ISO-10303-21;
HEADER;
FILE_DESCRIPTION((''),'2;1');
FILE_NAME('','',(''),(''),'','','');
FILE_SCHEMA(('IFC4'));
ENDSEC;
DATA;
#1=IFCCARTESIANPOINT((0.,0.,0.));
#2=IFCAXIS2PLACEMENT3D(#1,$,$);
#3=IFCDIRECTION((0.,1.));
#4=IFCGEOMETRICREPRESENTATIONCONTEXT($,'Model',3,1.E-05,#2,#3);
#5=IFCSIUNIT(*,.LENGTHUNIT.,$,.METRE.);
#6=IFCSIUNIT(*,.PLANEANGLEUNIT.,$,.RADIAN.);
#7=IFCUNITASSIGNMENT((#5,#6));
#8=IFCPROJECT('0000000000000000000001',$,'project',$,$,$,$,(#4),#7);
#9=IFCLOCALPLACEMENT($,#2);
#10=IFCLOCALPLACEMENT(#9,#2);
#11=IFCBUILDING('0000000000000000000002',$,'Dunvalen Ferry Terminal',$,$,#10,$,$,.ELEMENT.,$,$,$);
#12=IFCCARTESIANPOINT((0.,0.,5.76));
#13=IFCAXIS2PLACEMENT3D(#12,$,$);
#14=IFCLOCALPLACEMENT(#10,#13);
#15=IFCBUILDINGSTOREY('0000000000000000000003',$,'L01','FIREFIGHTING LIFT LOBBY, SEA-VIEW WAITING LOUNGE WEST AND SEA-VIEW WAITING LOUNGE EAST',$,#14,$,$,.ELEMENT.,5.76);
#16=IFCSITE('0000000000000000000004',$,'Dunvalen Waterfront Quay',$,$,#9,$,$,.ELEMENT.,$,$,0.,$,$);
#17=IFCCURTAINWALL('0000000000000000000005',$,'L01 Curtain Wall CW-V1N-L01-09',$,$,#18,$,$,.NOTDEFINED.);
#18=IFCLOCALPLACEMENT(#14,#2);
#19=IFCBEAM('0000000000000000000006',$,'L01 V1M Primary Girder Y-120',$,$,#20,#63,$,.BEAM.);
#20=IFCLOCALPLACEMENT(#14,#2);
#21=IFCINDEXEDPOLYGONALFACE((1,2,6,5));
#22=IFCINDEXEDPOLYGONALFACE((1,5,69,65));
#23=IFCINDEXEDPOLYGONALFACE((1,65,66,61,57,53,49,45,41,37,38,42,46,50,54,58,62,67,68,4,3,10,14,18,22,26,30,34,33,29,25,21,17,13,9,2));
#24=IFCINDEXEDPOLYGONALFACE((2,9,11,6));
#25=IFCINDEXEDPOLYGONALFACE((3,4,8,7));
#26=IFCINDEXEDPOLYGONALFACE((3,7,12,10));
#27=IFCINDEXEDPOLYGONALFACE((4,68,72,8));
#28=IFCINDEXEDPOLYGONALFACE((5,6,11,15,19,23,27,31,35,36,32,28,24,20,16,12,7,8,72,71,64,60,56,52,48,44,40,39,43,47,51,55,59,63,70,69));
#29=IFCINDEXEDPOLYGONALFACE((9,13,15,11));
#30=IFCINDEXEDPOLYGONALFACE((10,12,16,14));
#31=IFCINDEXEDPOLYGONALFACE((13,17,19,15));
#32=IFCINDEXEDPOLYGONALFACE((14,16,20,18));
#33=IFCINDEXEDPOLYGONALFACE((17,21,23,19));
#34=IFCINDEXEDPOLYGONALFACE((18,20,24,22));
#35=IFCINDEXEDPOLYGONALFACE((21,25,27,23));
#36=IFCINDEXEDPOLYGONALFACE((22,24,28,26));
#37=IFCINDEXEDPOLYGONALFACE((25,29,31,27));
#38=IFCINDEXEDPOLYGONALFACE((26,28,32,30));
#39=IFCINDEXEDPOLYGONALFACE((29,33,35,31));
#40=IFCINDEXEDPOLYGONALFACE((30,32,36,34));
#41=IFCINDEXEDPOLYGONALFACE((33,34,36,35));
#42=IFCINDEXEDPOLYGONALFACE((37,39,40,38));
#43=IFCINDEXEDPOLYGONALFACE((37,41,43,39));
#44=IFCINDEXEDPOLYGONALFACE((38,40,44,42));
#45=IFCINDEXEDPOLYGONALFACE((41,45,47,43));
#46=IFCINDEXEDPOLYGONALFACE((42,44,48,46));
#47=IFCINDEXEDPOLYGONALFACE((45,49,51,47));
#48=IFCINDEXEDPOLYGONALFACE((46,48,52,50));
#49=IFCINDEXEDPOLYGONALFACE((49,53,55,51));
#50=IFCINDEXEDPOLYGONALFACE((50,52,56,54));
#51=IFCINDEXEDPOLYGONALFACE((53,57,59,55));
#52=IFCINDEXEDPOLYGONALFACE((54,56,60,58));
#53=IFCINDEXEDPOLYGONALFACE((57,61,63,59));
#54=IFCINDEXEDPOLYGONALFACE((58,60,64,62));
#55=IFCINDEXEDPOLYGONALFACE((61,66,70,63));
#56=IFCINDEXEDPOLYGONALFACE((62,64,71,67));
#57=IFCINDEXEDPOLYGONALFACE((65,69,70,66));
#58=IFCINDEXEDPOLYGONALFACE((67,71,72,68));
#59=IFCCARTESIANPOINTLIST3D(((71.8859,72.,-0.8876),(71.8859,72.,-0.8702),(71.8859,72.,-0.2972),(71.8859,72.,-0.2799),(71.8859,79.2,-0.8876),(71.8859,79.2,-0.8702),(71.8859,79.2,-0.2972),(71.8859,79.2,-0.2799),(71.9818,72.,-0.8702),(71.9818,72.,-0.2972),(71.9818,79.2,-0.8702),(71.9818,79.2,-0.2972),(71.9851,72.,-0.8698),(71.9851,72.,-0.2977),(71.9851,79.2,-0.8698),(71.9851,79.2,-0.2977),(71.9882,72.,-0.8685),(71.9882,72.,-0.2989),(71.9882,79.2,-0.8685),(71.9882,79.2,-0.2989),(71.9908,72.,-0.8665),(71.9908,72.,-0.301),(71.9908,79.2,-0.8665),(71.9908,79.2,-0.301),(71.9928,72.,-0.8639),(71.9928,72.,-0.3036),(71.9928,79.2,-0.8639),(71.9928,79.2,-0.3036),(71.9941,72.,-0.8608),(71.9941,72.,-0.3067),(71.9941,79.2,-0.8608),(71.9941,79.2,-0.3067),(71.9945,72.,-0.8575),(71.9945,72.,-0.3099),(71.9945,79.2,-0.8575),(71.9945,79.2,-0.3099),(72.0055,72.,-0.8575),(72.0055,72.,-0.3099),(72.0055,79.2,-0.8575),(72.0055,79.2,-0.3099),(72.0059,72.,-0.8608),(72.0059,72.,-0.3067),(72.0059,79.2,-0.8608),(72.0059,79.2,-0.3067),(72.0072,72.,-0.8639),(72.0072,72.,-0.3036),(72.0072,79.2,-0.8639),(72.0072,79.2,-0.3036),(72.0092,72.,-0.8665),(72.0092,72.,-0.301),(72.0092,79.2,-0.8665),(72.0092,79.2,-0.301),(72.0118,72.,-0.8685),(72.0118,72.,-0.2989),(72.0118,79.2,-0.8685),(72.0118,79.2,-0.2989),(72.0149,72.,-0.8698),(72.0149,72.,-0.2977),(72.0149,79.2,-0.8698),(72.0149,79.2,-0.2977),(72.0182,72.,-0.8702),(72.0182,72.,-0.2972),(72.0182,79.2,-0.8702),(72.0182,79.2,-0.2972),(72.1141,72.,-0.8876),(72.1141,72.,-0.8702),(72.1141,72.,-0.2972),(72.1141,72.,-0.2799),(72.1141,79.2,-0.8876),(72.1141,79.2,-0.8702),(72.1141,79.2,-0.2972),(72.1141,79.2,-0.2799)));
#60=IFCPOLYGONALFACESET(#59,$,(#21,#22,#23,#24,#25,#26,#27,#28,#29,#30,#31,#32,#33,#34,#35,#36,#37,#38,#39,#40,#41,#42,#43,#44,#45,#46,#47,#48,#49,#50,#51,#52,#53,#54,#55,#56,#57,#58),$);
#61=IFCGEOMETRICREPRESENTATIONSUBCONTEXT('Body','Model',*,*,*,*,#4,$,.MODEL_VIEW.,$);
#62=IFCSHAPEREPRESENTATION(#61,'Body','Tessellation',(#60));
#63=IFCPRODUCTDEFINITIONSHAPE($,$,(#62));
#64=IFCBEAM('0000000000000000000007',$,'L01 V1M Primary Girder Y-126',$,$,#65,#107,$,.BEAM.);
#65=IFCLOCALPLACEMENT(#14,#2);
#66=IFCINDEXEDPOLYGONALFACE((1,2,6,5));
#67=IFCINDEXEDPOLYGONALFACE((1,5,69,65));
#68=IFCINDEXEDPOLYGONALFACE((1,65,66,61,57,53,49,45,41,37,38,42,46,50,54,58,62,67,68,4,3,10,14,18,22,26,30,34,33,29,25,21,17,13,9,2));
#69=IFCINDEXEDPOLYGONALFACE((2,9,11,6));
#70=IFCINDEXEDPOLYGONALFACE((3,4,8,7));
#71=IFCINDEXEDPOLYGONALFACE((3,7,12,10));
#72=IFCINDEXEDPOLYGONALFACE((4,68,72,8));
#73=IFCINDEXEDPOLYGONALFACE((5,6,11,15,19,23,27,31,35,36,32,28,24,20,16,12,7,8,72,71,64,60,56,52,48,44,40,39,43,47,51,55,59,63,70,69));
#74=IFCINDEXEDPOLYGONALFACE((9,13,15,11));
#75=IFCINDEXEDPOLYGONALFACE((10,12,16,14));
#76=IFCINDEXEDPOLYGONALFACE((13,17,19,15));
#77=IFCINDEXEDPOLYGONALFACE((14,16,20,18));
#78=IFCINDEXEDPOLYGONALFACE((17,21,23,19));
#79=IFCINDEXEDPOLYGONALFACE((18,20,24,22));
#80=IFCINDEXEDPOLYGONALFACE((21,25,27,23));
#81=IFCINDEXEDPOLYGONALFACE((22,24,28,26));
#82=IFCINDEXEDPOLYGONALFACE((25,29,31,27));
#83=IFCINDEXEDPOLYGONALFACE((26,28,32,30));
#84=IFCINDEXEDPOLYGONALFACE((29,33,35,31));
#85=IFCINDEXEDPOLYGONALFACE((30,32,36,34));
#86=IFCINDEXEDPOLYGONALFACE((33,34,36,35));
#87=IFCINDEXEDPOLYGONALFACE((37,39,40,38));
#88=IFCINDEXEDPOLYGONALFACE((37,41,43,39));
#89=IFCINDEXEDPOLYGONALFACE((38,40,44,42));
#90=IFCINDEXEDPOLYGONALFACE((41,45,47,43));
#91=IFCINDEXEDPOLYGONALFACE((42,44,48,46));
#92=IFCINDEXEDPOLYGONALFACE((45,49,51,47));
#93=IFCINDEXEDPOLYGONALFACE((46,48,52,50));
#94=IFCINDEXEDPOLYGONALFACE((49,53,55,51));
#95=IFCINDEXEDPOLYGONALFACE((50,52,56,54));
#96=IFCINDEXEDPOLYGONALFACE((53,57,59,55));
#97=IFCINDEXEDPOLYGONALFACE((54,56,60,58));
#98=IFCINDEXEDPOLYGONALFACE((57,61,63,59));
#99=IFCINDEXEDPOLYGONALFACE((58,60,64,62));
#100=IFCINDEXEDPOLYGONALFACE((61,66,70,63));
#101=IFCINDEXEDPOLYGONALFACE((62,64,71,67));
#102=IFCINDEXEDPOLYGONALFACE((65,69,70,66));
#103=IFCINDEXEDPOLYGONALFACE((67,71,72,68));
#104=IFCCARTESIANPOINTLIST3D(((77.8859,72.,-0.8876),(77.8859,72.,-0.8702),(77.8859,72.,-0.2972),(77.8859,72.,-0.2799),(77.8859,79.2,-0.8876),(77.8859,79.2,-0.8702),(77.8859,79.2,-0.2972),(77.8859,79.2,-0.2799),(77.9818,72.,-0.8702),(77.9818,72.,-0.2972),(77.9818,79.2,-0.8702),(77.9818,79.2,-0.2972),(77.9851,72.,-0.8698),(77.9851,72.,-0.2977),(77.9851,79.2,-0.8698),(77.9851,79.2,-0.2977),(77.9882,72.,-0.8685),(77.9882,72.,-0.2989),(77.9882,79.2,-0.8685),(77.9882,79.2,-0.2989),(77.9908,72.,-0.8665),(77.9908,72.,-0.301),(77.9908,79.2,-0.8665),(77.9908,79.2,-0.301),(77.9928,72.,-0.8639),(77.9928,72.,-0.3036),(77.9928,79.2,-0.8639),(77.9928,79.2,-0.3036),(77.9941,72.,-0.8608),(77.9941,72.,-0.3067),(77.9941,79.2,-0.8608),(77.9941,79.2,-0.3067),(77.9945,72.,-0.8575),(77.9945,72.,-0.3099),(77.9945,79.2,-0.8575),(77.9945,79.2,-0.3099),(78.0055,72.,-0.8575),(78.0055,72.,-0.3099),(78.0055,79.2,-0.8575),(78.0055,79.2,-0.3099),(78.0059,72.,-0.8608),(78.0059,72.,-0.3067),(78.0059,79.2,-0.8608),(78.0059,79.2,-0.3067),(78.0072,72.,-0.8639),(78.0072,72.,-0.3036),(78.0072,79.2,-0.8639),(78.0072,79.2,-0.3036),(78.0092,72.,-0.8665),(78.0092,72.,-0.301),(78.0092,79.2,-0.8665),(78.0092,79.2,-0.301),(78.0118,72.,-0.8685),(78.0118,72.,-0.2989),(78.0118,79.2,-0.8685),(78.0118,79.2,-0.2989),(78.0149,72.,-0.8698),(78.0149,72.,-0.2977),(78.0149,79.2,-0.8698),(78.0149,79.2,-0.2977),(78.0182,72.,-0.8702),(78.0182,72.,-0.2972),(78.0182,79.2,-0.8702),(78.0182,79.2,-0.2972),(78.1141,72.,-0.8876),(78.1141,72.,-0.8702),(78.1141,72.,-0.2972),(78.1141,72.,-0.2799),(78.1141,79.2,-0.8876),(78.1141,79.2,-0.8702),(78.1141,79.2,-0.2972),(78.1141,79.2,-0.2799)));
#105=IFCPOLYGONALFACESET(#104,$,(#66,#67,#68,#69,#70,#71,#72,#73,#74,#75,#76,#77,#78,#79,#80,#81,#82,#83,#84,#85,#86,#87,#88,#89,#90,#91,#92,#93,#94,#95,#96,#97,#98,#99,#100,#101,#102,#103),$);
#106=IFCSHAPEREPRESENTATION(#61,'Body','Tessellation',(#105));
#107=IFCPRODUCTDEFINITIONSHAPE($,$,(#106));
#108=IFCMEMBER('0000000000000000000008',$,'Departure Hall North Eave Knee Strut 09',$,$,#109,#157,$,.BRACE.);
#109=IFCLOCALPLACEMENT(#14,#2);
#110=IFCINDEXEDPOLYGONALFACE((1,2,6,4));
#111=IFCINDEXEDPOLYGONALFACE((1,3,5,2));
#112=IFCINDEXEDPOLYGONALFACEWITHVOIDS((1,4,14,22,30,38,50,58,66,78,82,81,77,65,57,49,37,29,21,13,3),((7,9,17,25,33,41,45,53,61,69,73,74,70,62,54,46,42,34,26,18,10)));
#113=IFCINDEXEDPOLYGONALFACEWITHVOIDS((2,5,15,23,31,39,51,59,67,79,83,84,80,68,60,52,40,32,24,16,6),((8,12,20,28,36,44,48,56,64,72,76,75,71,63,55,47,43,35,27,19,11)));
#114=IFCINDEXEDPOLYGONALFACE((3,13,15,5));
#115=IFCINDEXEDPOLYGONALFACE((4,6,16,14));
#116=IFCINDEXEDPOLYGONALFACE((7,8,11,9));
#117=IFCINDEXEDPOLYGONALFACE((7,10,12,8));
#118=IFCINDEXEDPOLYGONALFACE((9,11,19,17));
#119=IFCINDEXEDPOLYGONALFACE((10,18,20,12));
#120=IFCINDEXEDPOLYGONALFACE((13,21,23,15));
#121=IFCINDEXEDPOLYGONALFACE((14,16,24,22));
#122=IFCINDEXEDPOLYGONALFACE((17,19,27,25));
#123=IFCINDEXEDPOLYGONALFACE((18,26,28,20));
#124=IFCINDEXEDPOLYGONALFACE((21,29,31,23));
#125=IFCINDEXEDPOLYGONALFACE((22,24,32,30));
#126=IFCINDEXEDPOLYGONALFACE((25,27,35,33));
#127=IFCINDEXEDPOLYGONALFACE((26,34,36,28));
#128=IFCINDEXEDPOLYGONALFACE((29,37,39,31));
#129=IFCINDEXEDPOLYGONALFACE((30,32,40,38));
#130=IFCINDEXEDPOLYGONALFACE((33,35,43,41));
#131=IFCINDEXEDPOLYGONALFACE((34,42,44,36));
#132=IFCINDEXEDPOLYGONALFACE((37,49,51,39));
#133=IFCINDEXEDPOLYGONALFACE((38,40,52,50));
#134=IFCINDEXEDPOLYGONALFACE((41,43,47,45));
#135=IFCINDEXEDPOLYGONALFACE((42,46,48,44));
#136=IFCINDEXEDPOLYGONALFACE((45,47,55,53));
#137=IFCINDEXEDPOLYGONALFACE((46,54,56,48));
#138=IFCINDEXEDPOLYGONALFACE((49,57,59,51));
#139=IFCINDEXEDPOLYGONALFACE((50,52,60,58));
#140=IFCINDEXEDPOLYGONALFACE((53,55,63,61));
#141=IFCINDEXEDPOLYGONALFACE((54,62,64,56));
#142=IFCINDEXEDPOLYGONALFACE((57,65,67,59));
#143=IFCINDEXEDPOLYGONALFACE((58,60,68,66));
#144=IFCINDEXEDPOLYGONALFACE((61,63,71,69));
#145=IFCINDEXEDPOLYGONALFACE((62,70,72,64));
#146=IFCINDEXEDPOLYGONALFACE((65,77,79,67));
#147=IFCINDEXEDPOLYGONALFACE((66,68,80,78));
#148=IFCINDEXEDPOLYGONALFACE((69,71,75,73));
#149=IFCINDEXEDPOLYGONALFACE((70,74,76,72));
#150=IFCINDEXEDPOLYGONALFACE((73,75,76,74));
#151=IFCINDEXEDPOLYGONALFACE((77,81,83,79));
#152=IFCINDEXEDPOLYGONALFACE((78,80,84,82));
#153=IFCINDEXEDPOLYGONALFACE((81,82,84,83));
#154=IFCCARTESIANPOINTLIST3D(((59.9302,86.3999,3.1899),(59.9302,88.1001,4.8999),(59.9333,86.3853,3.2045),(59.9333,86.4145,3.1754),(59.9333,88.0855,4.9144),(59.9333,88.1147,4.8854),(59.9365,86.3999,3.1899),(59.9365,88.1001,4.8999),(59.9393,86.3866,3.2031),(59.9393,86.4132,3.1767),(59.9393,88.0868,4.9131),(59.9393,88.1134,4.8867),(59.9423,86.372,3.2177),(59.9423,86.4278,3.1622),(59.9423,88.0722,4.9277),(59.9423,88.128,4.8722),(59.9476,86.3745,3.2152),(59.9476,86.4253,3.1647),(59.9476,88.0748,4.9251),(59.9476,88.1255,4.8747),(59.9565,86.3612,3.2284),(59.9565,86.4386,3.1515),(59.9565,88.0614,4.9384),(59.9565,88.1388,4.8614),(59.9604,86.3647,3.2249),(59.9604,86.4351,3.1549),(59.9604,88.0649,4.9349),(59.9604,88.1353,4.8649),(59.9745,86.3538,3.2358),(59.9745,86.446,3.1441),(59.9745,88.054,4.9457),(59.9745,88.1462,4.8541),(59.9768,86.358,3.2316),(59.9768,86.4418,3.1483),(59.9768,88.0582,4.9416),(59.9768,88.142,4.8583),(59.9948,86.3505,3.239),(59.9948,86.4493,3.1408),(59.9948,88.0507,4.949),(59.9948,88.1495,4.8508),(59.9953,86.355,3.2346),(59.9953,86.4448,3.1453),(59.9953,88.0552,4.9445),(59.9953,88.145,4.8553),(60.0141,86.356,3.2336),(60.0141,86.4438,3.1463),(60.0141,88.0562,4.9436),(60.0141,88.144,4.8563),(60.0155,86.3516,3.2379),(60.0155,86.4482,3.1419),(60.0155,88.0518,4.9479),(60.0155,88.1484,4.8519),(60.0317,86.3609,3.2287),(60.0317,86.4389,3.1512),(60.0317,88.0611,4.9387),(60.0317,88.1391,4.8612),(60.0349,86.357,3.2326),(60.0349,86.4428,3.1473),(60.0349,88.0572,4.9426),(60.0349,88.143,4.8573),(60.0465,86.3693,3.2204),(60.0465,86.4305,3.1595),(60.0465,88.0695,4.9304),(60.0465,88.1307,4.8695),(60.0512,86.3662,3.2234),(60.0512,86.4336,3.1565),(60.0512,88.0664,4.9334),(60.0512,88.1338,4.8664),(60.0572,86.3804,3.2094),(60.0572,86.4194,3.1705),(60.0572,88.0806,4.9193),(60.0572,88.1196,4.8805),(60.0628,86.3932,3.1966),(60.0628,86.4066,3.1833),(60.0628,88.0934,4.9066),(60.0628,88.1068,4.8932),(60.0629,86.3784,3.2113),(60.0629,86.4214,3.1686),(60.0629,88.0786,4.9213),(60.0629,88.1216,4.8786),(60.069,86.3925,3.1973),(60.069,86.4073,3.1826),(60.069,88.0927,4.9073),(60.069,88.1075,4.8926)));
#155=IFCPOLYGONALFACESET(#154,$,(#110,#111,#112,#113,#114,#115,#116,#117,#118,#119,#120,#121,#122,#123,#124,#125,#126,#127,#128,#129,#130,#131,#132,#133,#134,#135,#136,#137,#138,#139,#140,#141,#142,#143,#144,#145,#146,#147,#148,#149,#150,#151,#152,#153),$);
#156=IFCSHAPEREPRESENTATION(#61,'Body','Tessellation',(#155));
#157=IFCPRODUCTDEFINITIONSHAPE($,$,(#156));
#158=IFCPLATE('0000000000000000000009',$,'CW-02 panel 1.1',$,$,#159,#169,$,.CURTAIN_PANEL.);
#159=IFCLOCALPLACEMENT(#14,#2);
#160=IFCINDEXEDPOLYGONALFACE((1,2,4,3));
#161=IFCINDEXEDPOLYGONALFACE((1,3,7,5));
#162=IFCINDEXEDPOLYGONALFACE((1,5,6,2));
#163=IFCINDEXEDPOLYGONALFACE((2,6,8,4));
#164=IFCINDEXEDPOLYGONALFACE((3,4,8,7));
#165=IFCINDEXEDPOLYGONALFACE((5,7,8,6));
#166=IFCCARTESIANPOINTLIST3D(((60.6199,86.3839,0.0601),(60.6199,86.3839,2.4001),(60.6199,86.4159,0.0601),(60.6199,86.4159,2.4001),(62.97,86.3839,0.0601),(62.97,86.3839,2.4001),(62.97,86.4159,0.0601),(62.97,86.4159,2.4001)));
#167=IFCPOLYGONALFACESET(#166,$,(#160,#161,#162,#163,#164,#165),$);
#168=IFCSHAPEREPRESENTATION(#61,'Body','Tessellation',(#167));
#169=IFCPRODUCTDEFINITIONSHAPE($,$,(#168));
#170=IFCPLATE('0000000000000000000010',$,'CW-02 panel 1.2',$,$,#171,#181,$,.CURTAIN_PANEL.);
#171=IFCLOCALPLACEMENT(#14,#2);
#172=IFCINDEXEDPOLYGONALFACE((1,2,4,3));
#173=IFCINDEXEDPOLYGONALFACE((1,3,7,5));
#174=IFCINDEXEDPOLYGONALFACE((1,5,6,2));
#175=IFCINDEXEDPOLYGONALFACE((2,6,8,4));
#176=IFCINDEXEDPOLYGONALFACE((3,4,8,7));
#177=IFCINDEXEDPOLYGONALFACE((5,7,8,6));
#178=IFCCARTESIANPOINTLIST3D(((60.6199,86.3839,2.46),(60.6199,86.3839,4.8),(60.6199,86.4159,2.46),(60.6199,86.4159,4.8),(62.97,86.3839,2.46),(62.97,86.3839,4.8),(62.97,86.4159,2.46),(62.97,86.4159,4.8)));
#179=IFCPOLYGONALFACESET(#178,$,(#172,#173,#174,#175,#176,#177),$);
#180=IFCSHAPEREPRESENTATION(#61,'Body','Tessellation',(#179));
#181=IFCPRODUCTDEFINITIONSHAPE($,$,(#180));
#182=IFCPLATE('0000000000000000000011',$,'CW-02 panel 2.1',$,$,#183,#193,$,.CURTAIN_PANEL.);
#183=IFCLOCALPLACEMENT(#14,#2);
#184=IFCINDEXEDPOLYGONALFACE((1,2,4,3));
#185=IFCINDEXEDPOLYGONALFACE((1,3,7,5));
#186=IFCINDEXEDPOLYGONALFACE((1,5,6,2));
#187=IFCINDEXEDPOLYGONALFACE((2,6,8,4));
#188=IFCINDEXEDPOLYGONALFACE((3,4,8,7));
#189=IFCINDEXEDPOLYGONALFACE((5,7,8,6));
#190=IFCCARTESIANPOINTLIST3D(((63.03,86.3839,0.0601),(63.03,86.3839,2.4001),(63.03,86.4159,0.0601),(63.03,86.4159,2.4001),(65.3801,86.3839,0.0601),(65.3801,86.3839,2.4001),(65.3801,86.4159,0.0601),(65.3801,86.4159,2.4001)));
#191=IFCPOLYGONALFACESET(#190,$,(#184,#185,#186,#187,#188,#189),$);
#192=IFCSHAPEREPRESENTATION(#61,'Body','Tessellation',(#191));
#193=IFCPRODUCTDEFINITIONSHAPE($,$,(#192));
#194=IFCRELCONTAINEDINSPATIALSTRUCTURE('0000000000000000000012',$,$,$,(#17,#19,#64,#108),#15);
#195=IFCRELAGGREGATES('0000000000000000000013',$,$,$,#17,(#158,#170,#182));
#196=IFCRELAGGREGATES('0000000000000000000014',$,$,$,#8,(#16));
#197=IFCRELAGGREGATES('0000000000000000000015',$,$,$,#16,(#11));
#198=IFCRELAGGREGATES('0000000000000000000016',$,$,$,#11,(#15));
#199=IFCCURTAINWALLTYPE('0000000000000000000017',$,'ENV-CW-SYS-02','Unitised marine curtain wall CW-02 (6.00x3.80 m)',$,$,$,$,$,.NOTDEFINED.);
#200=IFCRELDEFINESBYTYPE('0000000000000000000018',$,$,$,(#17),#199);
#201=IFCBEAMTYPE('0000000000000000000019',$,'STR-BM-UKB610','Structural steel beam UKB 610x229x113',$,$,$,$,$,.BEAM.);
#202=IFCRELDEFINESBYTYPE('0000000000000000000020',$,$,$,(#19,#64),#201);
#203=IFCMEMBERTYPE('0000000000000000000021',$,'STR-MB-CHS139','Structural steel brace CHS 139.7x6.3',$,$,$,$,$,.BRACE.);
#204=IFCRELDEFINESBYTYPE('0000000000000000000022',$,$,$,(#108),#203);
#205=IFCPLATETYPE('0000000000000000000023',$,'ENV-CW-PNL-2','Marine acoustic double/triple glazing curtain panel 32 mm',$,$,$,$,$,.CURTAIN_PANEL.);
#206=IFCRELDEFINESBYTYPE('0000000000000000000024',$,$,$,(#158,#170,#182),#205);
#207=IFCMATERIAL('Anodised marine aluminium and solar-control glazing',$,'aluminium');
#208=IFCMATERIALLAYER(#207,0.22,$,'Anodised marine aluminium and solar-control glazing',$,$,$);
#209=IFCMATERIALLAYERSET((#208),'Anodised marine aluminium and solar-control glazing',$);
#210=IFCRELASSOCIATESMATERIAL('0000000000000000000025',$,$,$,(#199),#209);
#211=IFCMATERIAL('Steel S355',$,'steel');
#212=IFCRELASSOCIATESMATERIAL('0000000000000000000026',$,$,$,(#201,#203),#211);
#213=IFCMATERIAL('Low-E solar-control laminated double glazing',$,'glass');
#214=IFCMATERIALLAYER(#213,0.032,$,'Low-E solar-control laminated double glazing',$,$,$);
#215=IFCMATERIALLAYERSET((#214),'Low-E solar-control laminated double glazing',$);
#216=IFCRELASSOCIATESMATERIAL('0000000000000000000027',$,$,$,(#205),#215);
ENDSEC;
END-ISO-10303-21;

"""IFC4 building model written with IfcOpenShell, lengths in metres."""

from ifc_helpers import new_model, si_unit, direction, frame, origin, origin_2d, place, context, subcontext, project, spatial, rectangle, hollow_circle, i_section, extrude, material, layer, layer_set, material_profile, profile_set, type_object, element, aggregate, save


model = new_model("IFC4")

# Units and contexts
model_context = context("Model", 3, precision=1e-05, world=origin(), true_north=direction((0.0, 1.0)))
body_context = subcontext(model_context, "Body", "Model", "MODEL_VIEW")
ifc_project = project(units=[si_unit("LENGTHUNIT", "METRE"), si_unit("PLANEANGLEUNIT", "RADIAN")], contexts=[model_context])

# Site, building, storey
site_placement = place(None, origin())
site = spatial("IfcSite", under=ifc_project, at=site_placement, Name="Dunvalen Waterfront Quay", CompositionType="ELEMENT", RefElevation=0.0)
building_placement = place(site_placement, origin())
building = spatial("IfcBuilding", under=site, at=building_placement, Name="Dunvalen Ferry Terminal", CompositionType="ELEMENT")
storey_placement = place(building_placement, frame((0.0, 0.0, 5.76)))
storey = spatial("IfcBuildingStorey", under=building, at=storey_placement, Name="L01", Description="FIREFIGHTING LIFT LOBBY, SEA-VIEW WAITING LOUNGE WEST AND SEA-VIEW WAITING LOUNGE EAST", CompositionType="ELEMENT", Elevation=5.76)

# Curtain wall
ifc_material_1 = material(Name="Anodised marine aluminium and solar-control glazing", Category="aluminium")
ifc_layer_1 = layer(ifc_material_1, 0.22, Name="Anodised marine aluminium and solar-control glazing")
ifc_layer_set_1 = layer_set([ifc_layer_1], Name="Anodised marine aluminium and solar-control glazing")
curtain_wall_type = type_object("IfcCurtainWallType", Name="ENV-CW-SYS-02", Description="Unitised marine curtain wall CW-02 (6.00x3.80 m)", PredefinedType="NOTDEFINED", material=ifc_layer_set_1)
curtain_wall_placement = place(storey_placement, origin())
curtain_wall = element("IfcCurtainWall", 1, at=curtain_wall_placement, inside=storey, type_object=curtain_wall_type, Name="L01 Curtain Wall CW-V1N-L01-09", PredefinedType="NOTDEFINED")

# Beams
ifc_material_2 = material(Name="Steel S355", Category="steel")
ifc_material_profile_1 = material_profile(ifc_material_2, i_section(OverallWidth=0.2283, OverallDepth=0.6077, WebThickness=0.011, FlangeThickness=0.0173, FilletRadius=0.0127, at=origin_2d()), Name="Steel S355")
ifc_profile_set_1 = profile_set([ifc_material_profile_1], Name="Steel S355")
beam_type_1 = type_object("IfcBeamType", Name="STR-BM-UKB610", Description="Structural steel beam UKB 610x229x113", PredefinedType="BEAM", material=ifc_profile_set_1)
for number, where, z_axis, x_axis, name in (
    (2, (72.0, 72.0, -0.5837), (0.0, 1.0, 0.0), (-1.0, 0.0, 0.0), "L01 V1M Primary Girder Y-120"),
    (3, (78.0, 72.0, -0.5837), (0.0, 1.0, 0.0), (-1.0, 0.0, 0.0), "L01 V1M Primary Girder Y-126"),
):
    element("IfcBeam", number, at=place(storey_placement, frame(where, z_axis=z_axis, x_axis=x_axis)), inside=storey, type_object=beam_type_1, Name=name, PredefinedType="BEAM", context=body_context, shape_type="SweptSolid", body=[
        extrude(i_section(OverallWidth=0.2283, OverallDepth=0.6077, WebThickness=0.011, FlangeThickness=0.0173, FilletRadius=0.0127, at=origin_2d()), origin(), (0.0, 0.0, 1.0), 7.2),
    ])

# Member
ifc_material_profile_2 = material_profile(ifc_material_2, hollow_circle(Radius=0.0698, WallThickness=0.0063, at=origin_2d()), Name="Steel S355")
ifc_profile_set_2 = profile_set([ifc_material_profile_2], Name="Steel S355")
member_type_1 = type_object("IfcMemberType", Name="STR-MB-CHS139", Description="Structural steel brace CHS 139.7x6.3", PredefinedType="BRACE", material=ifc_profile_set_2)
member_1_placement = place(storey_placement, frame((60.0, 86.3999, 3.1899), z_axis=(0.0, 0.705079, 0.709129), x_axis=(-1.0, 0.0, 0.0)))
element("IfcMember", 4, at=member_1_placement, inside=storey, type_object=member_type_1, Name="Departure Hall North Eave Knee Strut 09", PredefinedType="BRACE", context=body_context, shape_type="SweptSolid", body=[
    extrude(hollow_circle(Radius=0.0698, WallThickness=0.0063, at=origin_2d()), origin(), (0.0, 0.0, 1.0), 2.4114),
])

# Plates
ifc_material_3 = material(Name="Low-E solar-control laminated double glazing", Category="glass")
ifc_layer_2 = layer(ifc_material_3, 0.032, Name="Low-E solar-control laminated double glazing")
ifc_layer_set_2 = layer_set([ifc_layer_2], Name="Low-E solar-control laminated double glazing")
plate_type_1 = type_object("IfcPlateType", Name="ENV-CW-PNL-2", Description="Marine acoustic double/triple glazing curtain panel 32 mm", PredefinedType="CURTAIN_PANEL", material=ifc_layer_set_2)
plate_1_placement = place(storey_placement, frame((61.7949, 86.3999, 0.0601), z_axis=(0.0, 0.0, 1.0), x_axis=(1.0, 0.0, 0.0)))
plate_1 = element("IfcPlate", 5, at=plate_1_placement, type_object=plate_type_1, Name="CW-02 panel 1.1", PredefinedType="CURTAIN_PANEL", context=body_context, shape_type="SweptSolid", body=[
    extrude(rectangle(XDim=2.3501, YDim=0.032, at=origin_2d()), origin(), (0.0, 0.0, 1.0), 2.3401),
])
plate_2_placement = place(storey_placement, frame((61.7949, 86.3999, 2.46), z_axis=(0.0, 0.0, 1.0), x_axis=(1.0, 0.0, 0.0)))
plate_2 = element("IfcPlate", 6, at=plate_2_placement, type_object=plate_type_1, Name="CW-02 panel 1.2", PredefinedType="CURTAIN_PANEL", context=body_context, shape_type="SweptSolid", body=[
    extrude(rectangle(XDim=2.3501, YDim=0.032, at=origin_2d()), origin(), (0.0, 0.0, 1.0), 2.3401),
])
plate_3_placement = place(storey_placement, frame((64.2051, 86.3999, 0.0601), z_axis=(0.0, 0.0, 1.0), x_axis=(1.0, 0.0, 0.0)))
plate_3 = element("IfcPlate", 7, at=plate_3_placement, type_object=plate_type_1, Name="CW-02 panel 2.1", PredefinedType="CURTAIN_PANEL", context=body_context, shape_type="SweptSolid", body=[
    extrude(rectangle(XDim=2.3501, YDim=0.032, at=origin_2d()), origin(), (0.0, 0.0, 1.0), 2.3401),
])
aggregate(curtain_wall, [plate_1, plate_2, plate_3])

save(model, "model.ifc")
